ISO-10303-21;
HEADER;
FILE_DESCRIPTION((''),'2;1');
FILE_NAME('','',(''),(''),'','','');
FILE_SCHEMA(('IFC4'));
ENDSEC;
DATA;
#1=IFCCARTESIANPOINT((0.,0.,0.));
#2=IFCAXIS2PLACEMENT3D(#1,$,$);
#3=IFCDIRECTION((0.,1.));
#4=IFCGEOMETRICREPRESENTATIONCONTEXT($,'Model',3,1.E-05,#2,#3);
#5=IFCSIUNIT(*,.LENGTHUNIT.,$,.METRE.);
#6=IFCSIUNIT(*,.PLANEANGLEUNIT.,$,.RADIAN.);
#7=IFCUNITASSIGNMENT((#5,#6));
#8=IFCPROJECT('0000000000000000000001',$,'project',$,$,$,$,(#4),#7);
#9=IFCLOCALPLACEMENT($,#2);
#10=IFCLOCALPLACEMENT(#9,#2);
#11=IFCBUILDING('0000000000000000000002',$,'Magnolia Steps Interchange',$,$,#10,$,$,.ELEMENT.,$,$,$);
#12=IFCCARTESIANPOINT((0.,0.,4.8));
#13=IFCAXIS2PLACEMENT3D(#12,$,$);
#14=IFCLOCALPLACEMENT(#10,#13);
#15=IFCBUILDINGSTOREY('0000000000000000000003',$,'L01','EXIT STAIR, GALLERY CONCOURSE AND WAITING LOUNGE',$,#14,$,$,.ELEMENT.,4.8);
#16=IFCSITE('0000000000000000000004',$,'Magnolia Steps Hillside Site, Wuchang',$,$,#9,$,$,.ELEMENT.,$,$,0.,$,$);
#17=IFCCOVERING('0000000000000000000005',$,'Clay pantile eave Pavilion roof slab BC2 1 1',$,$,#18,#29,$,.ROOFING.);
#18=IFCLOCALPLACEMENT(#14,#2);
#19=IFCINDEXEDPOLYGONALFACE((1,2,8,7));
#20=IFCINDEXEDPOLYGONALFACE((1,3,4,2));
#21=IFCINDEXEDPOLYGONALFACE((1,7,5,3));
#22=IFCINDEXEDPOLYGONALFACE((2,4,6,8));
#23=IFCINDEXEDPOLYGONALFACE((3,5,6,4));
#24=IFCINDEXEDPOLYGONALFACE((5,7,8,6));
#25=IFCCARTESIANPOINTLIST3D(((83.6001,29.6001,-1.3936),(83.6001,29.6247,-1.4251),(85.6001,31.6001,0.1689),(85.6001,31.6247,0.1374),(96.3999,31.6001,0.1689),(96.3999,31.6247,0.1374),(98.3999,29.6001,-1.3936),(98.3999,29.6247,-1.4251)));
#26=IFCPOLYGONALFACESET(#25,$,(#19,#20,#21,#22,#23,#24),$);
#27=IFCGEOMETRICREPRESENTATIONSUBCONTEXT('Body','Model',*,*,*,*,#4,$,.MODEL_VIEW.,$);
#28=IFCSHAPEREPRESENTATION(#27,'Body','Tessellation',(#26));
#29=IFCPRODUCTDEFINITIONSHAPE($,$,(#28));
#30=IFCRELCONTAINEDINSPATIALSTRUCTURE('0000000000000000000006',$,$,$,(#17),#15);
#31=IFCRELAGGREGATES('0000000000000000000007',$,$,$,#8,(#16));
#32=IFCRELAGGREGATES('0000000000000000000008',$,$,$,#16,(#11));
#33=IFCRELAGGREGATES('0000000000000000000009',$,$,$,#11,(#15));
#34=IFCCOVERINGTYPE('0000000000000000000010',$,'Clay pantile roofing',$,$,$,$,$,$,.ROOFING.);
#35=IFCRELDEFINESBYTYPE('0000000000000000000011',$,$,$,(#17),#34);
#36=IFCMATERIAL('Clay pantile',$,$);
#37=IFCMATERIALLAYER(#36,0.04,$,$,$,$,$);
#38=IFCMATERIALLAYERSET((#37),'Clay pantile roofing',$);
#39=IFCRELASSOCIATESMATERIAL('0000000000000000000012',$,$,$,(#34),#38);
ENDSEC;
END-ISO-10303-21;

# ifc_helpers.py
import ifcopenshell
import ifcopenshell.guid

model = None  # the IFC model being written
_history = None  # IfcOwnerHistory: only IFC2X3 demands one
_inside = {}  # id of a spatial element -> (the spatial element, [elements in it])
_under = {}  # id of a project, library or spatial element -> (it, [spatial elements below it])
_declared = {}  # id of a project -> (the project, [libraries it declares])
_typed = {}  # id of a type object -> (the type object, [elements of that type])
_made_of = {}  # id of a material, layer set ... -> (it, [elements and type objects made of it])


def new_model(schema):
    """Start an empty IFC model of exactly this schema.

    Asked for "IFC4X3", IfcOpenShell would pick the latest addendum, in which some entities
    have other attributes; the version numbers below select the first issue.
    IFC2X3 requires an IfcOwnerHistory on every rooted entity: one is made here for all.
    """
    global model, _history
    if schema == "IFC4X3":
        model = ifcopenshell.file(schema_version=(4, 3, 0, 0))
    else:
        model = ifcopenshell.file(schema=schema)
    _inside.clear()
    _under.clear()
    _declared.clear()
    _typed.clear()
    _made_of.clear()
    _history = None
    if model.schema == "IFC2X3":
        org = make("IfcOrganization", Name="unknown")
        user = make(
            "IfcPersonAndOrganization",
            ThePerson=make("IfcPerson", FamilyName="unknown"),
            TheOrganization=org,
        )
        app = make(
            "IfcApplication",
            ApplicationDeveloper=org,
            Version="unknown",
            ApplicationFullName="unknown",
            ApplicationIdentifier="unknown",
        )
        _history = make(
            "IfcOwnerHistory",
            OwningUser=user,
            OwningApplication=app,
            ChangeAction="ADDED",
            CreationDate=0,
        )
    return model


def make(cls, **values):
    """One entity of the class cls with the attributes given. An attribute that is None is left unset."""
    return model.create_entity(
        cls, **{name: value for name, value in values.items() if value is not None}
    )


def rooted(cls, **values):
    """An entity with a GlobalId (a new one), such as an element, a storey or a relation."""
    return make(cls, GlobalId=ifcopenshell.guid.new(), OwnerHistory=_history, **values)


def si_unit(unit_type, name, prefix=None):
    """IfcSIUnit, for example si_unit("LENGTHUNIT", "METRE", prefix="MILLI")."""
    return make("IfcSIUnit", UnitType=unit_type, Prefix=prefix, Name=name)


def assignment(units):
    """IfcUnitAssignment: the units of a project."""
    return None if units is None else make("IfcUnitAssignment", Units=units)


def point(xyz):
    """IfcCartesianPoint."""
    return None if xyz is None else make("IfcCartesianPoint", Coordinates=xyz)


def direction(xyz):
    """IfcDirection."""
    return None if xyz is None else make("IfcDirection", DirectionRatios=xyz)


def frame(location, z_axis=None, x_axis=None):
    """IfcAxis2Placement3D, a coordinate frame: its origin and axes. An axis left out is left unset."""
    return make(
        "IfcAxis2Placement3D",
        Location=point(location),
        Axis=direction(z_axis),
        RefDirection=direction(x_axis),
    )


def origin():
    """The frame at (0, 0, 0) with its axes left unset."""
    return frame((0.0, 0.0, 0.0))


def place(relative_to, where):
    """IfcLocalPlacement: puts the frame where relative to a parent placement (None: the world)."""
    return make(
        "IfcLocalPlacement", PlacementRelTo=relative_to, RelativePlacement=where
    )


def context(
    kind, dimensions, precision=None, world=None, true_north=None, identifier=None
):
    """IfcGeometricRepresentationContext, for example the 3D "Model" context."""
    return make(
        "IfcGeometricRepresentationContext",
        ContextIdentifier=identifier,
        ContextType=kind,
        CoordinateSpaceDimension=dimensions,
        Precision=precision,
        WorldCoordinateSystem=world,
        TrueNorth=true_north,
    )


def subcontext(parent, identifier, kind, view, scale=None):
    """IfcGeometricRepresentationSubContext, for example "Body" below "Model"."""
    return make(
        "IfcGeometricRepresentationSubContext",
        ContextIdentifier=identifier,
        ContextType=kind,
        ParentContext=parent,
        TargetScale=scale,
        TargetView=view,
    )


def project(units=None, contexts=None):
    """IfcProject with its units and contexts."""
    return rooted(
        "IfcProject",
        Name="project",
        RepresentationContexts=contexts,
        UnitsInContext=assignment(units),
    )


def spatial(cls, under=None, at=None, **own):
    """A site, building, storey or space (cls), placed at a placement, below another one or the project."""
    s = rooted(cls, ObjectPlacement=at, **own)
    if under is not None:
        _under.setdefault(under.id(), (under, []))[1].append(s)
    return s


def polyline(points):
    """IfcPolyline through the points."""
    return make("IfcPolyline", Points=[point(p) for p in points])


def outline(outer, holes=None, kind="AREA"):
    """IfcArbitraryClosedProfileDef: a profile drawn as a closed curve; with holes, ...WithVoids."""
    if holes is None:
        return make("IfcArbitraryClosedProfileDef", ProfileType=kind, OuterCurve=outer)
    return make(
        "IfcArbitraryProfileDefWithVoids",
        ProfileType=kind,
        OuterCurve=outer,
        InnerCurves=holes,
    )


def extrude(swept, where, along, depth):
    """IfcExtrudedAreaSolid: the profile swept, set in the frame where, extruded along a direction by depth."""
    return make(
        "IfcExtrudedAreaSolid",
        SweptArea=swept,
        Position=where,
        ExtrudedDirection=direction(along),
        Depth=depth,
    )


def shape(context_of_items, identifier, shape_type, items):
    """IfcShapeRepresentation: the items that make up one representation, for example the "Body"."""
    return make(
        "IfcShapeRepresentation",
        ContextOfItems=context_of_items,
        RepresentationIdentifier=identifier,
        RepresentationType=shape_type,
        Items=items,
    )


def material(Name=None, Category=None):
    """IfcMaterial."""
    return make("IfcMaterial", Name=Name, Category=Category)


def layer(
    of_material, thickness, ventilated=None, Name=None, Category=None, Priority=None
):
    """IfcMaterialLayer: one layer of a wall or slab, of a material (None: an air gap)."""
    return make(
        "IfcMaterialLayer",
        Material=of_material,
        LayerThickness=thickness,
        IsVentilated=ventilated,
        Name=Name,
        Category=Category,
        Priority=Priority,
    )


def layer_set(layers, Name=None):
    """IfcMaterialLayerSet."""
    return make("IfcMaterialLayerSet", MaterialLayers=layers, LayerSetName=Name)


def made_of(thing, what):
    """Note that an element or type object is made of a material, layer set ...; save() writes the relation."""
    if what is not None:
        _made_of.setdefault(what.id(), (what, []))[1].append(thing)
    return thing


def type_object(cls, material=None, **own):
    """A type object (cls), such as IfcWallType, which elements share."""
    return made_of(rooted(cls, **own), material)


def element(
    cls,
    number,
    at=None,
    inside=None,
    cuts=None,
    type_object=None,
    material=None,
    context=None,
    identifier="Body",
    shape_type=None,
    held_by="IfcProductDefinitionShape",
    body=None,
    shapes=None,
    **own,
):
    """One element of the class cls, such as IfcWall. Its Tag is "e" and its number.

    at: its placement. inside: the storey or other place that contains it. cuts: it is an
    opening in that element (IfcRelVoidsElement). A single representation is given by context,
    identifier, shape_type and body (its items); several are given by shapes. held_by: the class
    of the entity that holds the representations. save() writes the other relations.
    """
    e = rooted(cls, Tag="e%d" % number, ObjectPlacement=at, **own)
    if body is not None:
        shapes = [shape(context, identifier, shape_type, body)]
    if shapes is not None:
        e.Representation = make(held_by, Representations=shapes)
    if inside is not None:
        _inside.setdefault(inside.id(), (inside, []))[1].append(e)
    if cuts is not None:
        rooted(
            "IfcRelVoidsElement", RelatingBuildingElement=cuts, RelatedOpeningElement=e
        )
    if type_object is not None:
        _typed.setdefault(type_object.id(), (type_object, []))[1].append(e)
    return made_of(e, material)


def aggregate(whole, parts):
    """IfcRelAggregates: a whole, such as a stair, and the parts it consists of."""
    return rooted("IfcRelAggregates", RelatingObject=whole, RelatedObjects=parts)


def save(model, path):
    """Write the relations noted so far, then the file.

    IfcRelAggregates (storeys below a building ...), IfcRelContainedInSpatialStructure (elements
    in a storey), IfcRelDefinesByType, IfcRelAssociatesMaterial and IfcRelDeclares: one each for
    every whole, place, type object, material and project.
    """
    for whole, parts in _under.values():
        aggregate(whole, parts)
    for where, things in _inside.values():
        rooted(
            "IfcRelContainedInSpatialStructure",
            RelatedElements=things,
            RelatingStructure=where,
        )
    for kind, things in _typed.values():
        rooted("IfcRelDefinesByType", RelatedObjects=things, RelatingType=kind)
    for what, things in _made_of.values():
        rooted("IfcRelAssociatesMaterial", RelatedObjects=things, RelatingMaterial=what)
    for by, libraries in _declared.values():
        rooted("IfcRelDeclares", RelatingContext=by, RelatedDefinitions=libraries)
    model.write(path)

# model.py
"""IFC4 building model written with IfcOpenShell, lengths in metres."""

from ifc_helpers import new_model, si_unit, direction, frame, origin, place, context, subcontext, project, spatial, polyline, outline, extrude, material, layer, layer_set, type_object, element, save


model = new_model("IFC4")

# Units and contexts
model_context = context("Model", 3, precision=1e-05, world=origin(), true_north=direction((0.0, 1.0)))
body_context = subcontext(model_context, "Body", "Model", "MODEL_VIEW")
ifc_project = project(units=[si_unit("LENGTHUNIT", "METRE"), si_unit("PLANEANGLEUNIT", "RADIAN")], contexts=[model_context])

# Site, building, storey
site_placement = place(None, origin())
site = spatial("IfcSite", under=ifc_project, at=site_placement, Name="Magnolia Steps Hillside Site, Wuchang", CompositionType="ELEMENT", RefElevation=0.0)
building_placement = place(site_placement, origin())
building = spatial("IfcBuilding", under=site, at=building_placement, Name="Magnolia Steps Interchange", CompositionType="ELEMENT")
storey_placement = place(building_placement, frame((0.0, 0.0, 4.8)))
storey = spatial("IfcBuildingStorey", under=building, at=storey_placement, Name="L01", Description="EXIT STAIR, GALLERY CONCOURSE AND WAITING LOUNGE", CompositionType="ELEMENT", Elevation=4.8)

# Covering
ifc_material_1 = material(Name="Clay pantile")
ifc_layer_1 = layer(ifc_material_1, 0.04)
ifc_layer_set_1 = layer_set([ifc_layer_1], Name="Clay pantile roofing")
covering_type = type_object("IfcCoveringType", Name="Clay pantile roofing", PredefinedType="ROOFING", material=ifc_layer_set_1)
covering_1_placement = place(storey_placement, frame((85.6001, 31.6001, 0.1689), z_axis=(0.0, -0.615644, 0.788024), x_axis=(1.0, 0.0, 0.0)))
element("IfcCovering", 1, at=covering_1_placement, inside=storey, type_object=covering_type, Name="Clay pantile eave Pavilion roof slab BC2 1 1", PredefinedType="ROOFING", context=body_context, shape_type="SweptSolid", body=[
    extrude(outline(polyline([(0.0, 0.0), (10.7998, 0.0), (12.7998, -2.538), (-2.0, -2.538), (0.0, 0.0)])), origin(), (0.0, 0.0, -1.0), 0.04),
])

save(model, "model.ifc")
